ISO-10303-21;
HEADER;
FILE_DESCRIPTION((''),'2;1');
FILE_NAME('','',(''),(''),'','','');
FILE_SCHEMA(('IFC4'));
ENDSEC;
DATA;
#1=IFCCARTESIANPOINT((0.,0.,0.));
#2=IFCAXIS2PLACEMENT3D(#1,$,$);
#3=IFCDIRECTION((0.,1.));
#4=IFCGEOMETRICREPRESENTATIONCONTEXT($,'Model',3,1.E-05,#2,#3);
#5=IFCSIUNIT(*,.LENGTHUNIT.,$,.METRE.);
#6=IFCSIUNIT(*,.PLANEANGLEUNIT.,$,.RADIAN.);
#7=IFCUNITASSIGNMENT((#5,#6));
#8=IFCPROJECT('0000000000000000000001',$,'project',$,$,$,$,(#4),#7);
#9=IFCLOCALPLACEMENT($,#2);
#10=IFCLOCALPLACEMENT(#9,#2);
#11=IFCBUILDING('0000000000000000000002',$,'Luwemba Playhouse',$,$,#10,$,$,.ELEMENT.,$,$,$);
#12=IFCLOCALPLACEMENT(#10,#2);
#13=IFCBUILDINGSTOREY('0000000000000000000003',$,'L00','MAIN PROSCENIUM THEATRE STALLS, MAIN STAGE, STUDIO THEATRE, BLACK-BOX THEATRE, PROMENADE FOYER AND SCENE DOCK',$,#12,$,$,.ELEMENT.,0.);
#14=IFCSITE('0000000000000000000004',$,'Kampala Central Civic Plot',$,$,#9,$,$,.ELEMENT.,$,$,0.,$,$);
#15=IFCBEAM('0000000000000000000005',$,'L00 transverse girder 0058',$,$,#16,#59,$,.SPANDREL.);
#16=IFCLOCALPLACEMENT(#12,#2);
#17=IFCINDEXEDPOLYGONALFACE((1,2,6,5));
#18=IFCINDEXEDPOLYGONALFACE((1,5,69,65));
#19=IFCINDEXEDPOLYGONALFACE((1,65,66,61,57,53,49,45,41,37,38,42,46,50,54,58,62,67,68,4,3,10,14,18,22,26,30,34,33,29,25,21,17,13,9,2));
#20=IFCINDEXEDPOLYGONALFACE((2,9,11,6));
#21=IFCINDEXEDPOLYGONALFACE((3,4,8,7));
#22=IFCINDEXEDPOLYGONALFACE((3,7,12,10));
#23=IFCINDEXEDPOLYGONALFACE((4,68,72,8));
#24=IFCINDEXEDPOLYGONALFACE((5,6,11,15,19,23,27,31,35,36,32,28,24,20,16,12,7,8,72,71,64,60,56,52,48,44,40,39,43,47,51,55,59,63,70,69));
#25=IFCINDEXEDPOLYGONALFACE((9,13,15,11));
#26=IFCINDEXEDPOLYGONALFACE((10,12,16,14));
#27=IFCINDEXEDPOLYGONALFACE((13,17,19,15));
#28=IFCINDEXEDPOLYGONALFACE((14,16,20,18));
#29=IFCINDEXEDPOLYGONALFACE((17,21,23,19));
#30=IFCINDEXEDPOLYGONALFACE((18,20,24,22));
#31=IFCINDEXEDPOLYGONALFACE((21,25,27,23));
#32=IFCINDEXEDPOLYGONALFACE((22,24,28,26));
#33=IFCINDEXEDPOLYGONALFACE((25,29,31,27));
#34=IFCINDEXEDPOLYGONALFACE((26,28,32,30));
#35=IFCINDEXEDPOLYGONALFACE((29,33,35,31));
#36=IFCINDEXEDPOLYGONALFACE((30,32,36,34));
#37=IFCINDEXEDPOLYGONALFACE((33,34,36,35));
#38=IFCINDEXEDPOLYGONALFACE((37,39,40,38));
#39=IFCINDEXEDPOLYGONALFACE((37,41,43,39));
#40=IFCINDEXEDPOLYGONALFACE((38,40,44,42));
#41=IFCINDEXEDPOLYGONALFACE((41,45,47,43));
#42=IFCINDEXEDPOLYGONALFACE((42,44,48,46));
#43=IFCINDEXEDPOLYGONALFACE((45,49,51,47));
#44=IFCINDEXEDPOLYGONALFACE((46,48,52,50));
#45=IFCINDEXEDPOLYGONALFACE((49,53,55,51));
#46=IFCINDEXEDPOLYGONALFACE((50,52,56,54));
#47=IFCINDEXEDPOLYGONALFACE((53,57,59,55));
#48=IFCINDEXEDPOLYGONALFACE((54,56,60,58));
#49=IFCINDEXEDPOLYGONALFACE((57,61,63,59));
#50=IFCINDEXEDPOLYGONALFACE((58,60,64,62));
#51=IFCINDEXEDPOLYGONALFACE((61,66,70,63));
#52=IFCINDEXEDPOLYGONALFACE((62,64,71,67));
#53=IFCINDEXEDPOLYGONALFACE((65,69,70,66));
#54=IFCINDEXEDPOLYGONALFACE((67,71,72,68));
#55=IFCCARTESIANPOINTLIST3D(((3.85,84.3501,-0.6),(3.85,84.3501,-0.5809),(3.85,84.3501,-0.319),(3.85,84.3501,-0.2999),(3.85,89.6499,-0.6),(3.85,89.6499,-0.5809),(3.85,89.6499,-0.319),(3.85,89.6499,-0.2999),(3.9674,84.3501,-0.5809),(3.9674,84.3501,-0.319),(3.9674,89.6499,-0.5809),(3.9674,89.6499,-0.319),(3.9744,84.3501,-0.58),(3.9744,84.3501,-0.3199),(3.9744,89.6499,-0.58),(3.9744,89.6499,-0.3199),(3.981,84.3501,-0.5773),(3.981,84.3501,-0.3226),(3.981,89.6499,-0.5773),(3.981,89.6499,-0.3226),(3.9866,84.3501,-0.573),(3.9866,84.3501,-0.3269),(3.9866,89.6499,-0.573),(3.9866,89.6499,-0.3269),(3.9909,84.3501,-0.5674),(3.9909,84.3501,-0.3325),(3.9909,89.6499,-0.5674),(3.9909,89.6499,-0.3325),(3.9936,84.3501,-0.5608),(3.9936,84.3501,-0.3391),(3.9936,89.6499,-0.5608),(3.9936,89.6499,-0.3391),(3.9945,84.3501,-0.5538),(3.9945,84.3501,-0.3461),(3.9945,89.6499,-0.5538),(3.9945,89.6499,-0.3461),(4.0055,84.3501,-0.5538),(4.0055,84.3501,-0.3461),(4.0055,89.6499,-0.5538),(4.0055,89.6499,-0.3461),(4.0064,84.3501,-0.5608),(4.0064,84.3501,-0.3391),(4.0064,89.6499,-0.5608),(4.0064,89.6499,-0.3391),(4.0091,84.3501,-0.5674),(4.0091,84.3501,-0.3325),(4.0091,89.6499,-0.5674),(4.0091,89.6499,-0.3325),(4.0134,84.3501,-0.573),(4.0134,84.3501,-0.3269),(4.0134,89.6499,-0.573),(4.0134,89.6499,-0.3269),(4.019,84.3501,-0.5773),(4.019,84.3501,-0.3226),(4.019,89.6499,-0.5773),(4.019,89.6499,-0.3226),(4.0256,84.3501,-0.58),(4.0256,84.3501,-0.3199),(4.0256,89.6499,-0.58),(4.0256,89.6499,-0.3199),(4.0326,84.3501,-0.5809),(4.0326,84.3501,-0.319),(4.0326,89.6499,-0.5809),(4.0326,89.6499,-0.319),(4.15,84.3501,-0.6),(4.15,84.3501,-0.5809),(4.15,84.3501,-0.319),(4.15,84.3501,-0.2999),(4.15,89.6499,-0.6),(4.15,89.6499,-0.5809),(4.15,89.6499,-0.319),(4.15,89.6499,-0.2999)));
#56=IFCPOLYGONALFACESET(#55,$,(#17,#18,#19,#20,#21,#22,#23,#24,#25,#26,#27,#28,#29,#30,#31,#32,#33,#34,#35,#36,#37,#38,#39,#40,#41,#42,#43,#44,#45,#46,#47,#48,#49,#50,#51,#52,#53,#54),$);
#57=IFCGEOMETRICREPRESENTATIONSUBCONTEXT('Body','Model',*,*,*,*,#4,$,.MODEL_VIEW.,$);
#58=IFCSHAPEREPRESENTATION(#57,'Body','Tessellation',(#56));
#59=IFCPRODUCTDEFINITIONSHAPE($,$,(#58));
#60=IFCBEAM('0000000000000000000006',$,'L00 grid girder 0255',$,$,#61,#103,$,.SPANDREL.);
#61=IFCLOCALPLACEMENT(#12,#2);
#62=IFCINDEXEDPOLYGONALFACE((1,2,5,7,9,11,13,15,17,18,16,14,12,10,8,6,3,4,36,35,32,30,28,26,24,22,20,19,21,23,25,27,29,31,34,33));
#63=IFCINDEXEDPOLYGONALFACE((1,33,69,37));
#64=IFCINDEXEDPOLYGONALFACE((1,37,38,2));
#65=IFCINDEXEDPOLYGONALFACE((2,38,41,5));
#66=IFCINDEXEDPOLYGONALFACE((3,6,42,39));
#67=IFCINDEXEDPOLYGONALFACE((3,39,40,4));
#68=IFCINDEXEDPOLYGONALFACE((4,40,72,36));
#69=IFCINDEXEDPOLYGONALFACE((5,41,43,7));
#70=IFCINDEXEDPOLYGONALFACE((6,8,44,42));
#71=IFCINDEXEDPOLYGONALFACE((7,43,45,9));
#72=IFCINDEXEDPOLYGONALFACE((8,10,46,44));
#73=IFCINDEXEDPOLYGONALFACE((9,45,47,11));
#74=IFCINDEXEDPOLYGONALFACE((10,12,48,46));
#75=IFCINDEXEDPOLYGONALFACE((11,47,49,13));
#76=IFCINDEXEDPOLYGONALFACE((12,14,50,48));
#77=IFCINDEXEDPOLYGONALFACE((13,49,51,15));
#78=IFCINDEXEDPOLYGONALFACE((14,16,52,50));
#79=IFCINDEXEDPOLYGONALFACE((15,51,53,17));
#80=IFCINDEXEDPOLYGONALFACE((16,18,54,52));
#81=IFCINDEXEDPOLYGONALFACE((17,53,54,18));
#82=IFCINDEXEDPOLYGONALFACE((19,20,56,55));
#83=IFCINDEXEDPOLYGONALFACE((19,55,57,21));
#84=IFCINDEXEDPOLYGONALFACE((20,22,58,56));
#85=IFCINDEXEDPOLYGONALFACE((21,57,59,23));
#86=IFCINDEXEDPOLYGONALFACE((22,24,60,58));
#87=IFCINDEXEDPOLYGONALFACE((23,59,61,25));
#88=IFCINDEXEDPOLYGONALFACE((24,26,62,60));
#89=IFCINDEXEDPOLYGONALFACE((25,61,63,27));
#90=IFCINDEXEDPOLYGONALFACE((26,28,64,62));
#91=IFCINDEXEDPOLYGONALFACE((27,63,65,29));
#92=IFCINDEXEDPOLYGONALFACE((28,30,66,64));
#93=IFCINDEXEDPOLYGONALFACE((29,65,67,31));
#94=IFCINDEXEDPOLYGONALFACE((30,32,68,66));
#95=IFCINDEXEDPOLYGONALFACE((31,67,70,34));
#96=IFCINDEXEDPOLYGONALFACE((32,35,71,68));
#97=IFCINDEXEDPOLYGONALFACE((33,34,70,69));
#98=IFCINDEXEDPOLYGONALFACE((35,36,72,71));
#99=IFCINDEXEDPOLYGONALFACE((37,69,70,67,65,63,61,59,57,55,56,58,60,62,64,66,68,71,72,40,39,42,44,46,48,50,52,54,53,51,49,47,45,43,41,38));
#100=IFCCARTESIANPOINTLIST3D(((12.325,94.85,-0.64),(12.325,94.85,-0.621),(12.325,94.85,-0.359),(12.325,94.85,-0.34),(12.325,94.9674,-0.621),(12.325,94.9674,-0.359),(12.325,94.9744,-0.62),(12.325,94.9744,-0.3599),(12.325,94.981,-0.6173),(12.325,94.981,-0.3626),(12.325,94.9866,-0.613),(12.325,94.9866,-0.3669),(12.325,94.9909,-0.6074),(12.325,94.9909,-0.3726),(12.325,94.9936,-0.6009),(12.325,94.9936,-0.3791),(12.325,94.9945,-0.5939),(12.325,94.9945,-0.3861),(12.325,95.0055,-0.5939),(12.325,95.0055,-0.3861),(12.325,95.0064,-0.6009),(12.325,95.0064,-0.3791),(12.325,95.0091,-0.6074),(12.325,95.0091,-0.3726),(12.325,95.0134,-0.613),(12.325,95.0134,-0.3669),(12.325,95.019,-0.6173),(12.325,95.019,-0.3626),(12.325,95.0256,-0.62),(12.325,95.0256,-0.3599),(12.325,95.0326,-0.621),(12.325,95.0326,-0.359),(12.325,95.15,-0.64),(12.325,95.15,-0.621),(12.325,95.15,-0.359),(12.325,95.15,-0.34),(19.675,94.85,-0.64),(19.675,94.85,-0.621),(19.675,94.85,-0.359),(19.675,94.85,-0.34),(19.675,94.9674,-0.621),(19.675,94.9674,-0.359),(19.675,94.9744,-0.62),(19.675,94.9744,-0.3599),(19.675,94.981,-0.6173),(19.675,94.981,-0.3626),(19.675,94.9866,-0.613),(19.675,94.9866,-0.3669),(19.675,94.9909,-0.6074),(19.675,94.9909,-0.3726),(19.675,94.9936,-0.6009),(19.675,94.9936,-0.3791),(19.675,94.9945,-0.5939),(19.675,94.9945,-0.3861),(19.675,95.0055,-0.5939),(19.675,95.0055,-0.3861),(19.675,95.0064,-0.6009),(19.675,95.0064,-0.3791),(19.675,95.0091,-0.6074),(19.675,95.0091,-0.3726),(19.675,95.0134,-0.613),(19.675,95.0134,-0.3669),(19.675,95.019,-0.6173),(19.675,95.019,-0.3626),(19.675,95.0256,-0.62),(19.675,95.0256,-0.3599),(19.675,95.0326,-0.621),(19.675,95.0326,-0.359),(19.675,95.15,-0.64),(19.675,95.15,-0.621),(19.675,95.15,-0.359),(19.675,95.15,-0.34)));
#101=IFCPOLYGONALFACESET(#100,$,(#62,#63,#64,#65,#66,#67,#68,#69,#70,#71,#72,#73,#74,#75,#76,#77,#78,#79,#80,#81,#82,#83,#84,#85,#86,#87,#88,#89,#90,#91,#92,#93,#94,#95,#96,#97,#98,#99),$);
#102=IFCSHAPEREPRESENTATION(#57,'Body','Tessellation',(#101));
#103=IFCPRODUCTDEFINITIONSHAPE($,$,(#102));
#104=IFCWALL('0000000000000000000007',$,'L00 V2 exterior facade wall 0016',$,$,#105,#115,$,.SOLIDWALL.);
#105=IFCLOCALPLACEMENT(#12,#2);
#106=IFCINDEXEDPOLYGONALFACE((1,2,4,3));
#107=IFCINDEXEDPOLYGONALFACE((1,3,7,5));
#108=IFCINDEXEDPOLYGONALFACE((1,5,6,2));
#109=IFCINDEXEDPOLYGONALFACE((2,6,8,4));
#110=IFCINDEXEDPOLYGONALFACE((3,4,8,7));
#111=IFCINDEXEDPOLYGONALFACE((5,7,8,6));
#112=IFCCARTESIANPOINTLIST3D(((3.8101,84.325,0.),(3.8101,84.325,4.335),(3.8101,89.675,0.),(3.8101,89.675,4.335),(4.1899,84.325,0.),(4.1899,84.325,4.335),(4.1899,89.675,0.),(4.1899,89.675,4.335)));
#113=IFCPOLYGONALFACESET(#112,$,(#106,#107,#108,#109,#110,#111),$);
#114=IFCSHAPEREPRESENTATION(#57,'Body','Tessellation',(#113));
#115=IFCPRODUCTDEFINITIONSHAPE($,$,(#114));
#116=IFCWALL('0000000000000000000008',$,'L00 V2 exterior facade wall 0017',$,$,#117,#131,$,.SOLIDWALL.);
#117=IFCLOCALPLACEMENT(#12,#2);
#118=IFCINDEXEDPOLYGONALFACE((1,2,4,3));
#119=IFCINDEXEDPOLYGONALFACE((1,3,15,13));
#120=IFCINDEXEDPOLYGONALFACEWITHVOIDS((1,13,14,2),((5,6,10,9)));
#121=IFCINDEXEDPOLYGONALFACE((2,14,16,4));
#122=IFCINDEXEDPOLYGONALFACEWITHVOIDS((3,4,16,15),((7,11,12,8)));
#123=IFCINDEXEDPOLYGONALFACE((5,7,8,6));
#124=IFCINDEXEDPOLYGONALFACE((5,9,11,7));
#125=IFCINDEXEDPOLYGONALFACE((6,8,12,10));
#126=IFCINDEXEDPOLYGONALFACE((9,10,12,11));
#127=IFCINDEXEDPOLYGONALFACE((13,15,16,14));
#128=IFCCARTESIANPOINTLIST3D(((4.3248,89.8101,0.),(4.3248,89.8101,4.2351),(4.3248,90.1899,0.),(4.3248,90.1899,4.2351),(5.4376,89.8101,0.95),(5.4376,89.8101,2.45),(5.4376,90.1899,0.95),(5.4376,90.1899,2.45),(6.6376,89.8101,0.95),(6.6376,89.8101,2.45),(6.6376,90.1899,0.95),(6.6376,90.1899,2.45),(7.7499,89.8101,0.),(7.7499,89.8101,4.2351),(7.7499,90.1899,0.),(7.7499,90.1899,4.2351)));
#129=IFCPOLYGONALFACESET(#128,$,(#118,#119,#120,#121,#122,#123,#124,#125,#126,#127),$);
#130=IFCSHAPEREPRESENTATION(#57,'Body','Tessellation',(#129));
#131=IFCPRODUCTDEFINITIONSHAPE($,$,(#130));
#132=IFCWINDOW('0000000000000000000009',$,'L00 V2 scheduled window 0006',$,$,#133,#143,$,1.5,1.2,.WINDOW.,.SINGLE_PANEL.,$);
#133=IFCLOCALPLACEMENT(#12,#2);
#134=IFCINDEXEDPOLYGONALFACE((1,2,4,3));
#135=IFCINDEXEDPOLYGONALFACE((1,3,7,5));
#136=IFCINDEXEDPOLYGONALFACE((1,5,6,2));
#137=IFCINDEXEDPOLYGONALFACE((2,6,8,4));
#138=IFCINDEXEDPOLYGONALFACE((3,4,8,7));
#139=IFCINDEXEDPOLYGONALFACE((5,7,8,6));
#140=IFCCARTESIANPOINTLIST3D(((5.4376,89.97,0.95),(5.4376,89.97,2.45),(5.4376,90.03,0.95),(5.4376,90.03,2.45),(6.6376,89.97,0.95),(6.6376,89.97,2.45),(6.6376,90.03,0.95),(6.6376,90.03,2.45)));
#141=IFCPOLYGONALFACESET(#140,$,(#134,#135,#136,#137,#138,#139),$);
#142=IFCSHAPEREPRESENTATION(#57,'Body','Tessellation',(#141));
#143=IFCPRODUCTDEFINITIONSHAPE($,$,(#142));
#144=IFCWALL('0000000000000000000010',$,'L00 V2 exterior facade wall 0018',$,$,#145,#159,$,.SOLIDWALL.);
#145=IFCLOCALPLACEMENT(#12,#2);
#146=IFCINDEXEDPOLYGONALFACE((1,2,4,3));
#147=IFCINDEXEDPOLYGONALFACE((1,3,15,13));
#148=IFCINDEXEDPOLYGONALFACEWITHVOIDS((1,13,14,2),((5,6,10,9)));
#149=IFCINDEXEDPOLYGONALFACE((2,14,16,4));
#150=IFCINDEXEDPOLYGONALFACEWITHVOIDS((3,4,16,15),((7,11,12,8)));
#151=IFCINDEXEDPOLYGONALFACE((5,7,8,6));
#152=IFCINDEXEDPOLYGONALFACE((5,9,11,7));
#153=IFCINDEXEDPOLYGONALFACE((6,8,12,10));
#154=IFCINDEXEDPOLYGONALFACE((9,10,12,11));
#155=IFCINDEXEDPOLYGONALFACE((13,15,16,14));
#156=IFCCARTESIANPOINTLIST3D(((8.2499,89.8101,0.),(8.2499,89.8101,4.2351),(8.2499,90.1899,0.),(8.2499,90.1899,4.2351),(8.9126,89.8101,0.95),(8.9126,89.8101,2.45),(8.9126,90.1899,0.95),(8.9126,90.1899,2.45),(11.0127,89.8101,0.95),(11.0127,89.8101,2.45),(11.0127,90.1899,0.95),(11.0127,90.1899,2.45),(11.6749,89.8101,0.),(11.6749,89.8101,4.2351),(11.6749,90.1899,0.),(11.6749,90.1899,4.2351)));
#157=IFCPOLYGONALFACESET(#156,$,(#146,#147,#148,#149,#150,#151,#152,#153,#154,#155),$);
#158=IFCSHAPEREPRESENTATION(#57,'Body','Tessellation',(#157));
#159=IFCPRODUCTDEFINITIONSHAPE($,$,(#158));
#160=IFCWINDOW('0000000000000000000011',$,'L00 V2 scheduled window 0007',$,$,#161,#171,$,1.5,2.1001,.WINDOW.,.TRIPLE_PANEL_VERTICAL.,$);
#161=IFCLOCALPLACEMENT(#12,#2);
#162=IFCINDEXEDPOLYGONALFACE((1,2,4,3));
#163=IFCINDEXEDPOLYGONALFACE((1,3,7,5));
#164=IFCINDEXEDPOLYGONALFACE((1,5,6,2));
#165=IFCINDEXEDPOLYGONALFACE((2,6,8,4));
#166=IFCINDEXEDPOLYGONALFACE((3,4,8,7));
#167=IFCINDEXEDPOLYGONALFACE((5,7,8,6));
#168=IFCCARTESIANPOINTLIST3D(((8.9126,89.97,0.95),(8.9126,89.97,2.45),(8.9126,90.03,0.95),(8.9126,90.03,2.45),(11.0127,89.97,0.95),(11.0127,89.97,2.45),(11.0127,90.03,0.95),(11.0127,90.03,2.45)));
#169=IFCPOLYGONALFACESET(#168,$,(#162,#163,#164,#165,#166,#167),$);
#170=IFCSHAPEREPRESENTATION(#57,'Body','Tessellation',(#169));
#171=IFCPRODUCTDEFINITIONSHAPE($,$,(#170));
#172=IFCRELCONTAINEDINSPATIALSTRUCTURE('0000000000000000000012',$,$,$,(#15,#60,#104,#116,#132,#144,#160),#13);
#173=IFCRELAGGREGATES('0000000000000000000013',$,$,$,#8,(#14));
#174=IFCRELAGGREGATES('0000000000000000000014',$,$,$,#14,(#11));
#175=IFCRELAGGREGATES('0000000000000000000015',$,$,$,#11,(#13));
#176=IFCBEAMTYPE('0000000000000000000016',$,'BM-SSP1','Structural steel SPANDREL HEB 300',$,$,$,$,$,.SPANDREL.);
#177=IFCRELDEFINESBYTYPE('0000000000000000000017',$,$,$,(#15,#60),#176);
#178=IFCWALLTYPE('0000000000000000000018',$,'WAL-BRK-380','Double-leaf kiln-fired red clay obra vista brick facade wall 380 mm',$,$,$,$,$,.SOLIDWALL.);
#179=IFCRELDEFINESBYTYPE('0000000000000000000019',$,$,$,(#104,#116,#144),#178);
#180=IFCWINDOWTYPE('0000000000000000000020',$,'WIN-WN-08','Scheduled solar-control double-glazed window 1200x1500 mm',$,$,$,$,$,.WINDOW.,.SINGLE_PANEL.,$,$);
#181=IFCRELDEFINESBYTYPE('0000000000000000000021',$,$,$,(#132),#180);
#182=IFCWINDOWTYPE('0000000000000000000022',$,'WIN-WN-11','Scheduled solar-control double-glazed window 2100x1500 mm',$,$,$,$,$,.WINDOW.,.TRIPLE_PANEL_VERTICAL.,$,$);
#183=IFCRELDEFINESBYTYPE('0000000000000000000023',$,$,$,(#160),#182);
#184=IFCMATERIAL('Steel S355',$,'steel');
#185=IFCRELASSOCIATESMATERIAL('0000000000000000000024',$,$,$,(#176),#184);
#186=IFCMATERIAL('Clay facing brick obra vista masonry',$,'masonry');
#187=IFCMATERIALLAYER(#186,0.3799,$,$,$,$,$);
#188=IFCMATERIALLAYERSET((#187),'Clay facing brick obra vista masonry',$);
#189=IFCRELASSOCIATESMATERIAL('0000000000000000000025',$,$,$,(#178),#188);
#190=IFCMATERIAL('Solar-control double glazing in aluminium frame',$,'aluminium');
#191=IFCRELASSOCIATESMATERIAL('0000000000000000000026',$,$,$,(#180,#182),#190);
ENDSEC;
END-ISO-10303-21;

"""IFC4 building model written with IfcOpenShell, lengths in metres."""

from ifc_helpers import new_model, si_unit, direction, frame, frame_2d, origin, origin_2d, place, context, subcontext, project, spatial, rectangle, i_section, extrude, material, layer, layer_set, material_profile, profile_set, type_object, element, fill, save


model = new_model("IFC4")

# Units and contexts
model_context = context("Model", 3, precision=1e-05, world=origin(), true_north=direction((0.0, 1.0)))
body_context = subcontext(model_context, "Body", "Model", "MODEL_VIEW")
ifc_project = project(units=[si_unit("LENGTHUNIT", "METRE"), si_unit("PLANEANGLEUNIT", "RADIAN")], contexts=[model_context])

# Site, building, storey
site_placement = place(None, origin())
site = spatial("IfcSite", under=ifc_project, at=site_placement, Name="Kampala Central Civic Plot", CompositionType="ELEMENT", RefElevation=0.0)
building_placement = place(site_placement, origin())
building = spatial("IfcBuilding", under=site, at=building_placement, Name="Luwemba Playhouse", CompositionType="ELEMENT")
storey_placement = place(building_placement, origin())
storey = spatial("IfcBuildingStorey", under=building, at=storey_placement, Name="L00", Description="MAIN PROSCENIUM THEATRE STALLS, MAIN STAGE, STUDIO THEATRE, BLACK-BOX THEATRE, PROMENADE FOYER AND SCENE DOCK", CompositionType="ELEMENT", Elevation=0.0)

# Beams
ifc_material_1 = material(Name="Steel S355", Category="steel")
ifc_material_profile_1 = material_profile(ifc_material_1, i_section(OverallWidth=0.3, OverallDepth=0.3, WebThickness=0.011, FlangeThickness=0.019, FilletRadius=0.0271, at=origin_2d()))
ifc_profile_set_1 = profile_set([ifc_material_profile_1], Name="Steel S355")
beam_type_1 = type_object("IfcBeamType", Name="BM-SSP1", Description="Structural steel SPANDREL HEB 300", PredefinedType="SPANDREL", material=ifc_profile_set_1)
beam_1_placement = place(storey_placement, frame((4.0, 84.3501, -0.45), z_axis=(0.0, 1.0, 0.0), x_axis=(-1.0, 0.0, 0.0)))
element("IfcBeam", 1, at=beam_1_placement, inside=storey, type_object=beam_type_1, Name="L00 transverse girder 0058", PredefinedType="SPANDREL", context=body_context, shape_type="SweptSolid", body=[
    extrude(i_section(OverallWidth=0.3, OverallDepth=0.3, WebThickness=0.011, FlangeThickness=0.019, FilletRadius=0.0271, at=origin_2d()), origin(), (0.0, 0.0, 1.0), 5.2998),
])
beam_2_placement = place(storey_placement, frame((12.325, 95.0, -0.49), z_axis=(1.0, 0.0, 0.0), x_axis=(0.0, 1.0, 0.0)))
element("IfcBeam", 2, at=beam_2_placement, inside=storey, type_object=beam_type_1, Name="L00 grid girder 0255", PredefinedType="SPANDREL", context=body_context, shape_type="SweptSolid", body=[
    extrude(i_section(OverallWidth=0.3, OverallDepth=0.3, WebThickness=0.011, FlangeThickness=0.019, FilletRadius=0.0271, at=origin_2d()), origin(), (0.0, 0.0, 1.0), 7.3501),
])

# Wall
ifc_material_2 = material(Name="Clay facing brick obra vista masonry", Category="masonry")
ifc_layer_1 = layer(ifc_material_2, 0.3799)
ifc_layer_set_1 = layer_set([ifc_layer_1], Name="Clay facing brick obra vista masonry")
wall_type_1 = type_object("IfcWallType", Name="WAL-BRK-380", Description="Double-leaf kiln-fired red clay obra vista brick facade wall 380 mm", PredefinedType="SOLIDWALL", material=ifc_layer_set_1)
wall_1_placement = place(storey_placement, frame((4.0, 84.325, 0.0), z_axis=(0.0, 0.0, 1.0), x_axis=(0.0, 1.0, 0.0)))
element("IfcWall", 3, at=wall_1_placement, inside=storey, type_object=wall_type_1, Name="L00 V2 exterior facade wall 0016", PredefinedType="SOLIDWALL", context=body_context, shape_type="SweptSolid", body=[
    extrude(rectangle(XDim=5.3501, YDim=0.3799, at=frame_2d((2.675, 0.0))), origin(), (0.0, 0.0, 1.0), 4.335),
])

# Walls, openings, windows
wall_2_placement = place(storey_placement, frame((4.325, 90.0, 0.0), z_axis=(0.0, 0.0, 1.0), x_axis=(1.0, 0.0, 0.0)))
wall_2 = element("IfcWall", 4, at=wall_2_placement, inside=storey, type_object=wall_type_1, Name="L00 V2 exterior facade wall 0017", PredefinedType="SOLIDWALL", context=body_context, shape_type="SweptSolid", body=[
    extrude(rectangle(XDim=3.425, YDim=0.3799, at=frame_2d((1.7124, 0.0))), origin(), (0.0, 0.0, 1.0), 4.2351),
])
opening_1_placement = place(wall_2_placement, frame((1.1125, 0.0, 0.95)))
opening_1 = element("IfcOpeningElement", 5, at=opening_1_placement, cuts=wall_2, PredefinedType="OPENING", context=body_context, shape_type="SweptSolid", body=[
    extrude(rectangle(XDim=1.2, YDim=1.5, at=frame_2d((0.6001, 0.75))), frame((0.0, 0.2, 0.0), z_axis=(0.0, -1.0, 0.0), x_axis=(1.0, 0.0, 0.0)), (0.0, 0.0, 1.0), 0.3999),
])
ifc_material_3 = material(Name="Solar-control double glazing in aluminium frame", Category="aluminium")
window_type_1 = type_object("IfcWindowType", Name="WIN-WN-08", Description="Scheduled solar-control double-glazed window 1200x1500 mm", PartitioningType="SINGLE_PANEL", PredefinedType="WINDOW", material=ifc_material_3)
window_1_placement = place(opening_1_placement, origin())
window_1 = element("IfcWindow", 6, at=window_1_placement, inside=storey, type_object=window_type_1, Name="L00 V2 scheduled window 0006", OverallHeight=1.5, OverallWidth=1.2, PartitioningType="SINGLE_PANEL", PredefinedType="WINDOW", context=body_context, shape_type="SweptSolid", body=[
    extrude(rectangle(XDim=1.2, YDim=1.5, at=frame_2d((0.6001, 0.75))), frame((0.0, 0.03, 0.0), z_axis=(0.0, -1.0, 0.0), x_axis=(1.0, 0.0, 0.0)), (0.0, 0.0, 1.0), 0.0601),
])
fill(opening_1, window_1)
wall_3_placement = place(storey_placement, frame((8.25, 90.0, 0.0), z_axis=(0.0, 0.0, 1.0), x_axis=(1.0, 0.0, 0.0)))
wall_3 = element("IfcWall", 7, at=wall_3_placement, inside=storey, type_object=wall_type_1, Name="L00 V2 exterior facade wall 0018", PredefinedType="SOLIDWALL", context=body_context, shape_type="SweptSolid", body=[
    extrude(rectangle(XDim=3.425, YDim=0.3799, at=frame_2d((1.7124, 0.0))), origin(), (0.0, 0.0, 1.0), 4.2351),
])
opening_2_placement = place(wall_3_placement, frame((0.6626, 0.0, 0.95)))
opening_2 = element("IfcOpeningElement", 8, at=opening_2_placement, cuts=wall_3, PredefinedType="OPENING", context=body_context, shape_type="SweptSolid", body=[
    extrude(rectangle(XDim=2.1001, YDim=1.5, at=frame_2d((1.05, 0.75))), frame((0.0, 0.2, 0.0), z_axis=(0.0, -1.0, 0.0), x_axis=(1.0, 0.0, 0.0)), (0.0, 0.0, 1.0), 0.3999),
])
window_type_2 = type_object("IfcWindowType", Name="WIN-WN-11", Description="Scheduled solar-control double-glazed window 2100x1500 mm", PartitioningType="TRIPLE_PANEL_VERTICAL", PredefinedType="WINDOW", material=ifc_material_3)
window_2_placement = place(opening_2_placement, origin())
window_2 = element("IfcWindow", 9, at=window_2_placement, inside=storey, type_object=window_type_2, Name="L00 V2 scheduled window 0007", OverallHeight=1.5, OverallWidth=2.1001, PartitioningType="TRIPLE_PANEL_VERTICAL", PredefinedType="WINDOW", context=body_context, shape_type="SweptSolid", body=[
    extrude(rectangle(XDim=2.1001, YDim=1.5, at=frame_2d((1.05, 0.75))), frame((0.0, 0.03, 0.0), z_axis=(0.0, -1.0, 0.0), x_axis=(1.0, 0.0, 0.0)), (0.0, 0.0, 1.0), 0.0601),
])
fill(opening_2, window_2)

save(model, "model.ifc")
